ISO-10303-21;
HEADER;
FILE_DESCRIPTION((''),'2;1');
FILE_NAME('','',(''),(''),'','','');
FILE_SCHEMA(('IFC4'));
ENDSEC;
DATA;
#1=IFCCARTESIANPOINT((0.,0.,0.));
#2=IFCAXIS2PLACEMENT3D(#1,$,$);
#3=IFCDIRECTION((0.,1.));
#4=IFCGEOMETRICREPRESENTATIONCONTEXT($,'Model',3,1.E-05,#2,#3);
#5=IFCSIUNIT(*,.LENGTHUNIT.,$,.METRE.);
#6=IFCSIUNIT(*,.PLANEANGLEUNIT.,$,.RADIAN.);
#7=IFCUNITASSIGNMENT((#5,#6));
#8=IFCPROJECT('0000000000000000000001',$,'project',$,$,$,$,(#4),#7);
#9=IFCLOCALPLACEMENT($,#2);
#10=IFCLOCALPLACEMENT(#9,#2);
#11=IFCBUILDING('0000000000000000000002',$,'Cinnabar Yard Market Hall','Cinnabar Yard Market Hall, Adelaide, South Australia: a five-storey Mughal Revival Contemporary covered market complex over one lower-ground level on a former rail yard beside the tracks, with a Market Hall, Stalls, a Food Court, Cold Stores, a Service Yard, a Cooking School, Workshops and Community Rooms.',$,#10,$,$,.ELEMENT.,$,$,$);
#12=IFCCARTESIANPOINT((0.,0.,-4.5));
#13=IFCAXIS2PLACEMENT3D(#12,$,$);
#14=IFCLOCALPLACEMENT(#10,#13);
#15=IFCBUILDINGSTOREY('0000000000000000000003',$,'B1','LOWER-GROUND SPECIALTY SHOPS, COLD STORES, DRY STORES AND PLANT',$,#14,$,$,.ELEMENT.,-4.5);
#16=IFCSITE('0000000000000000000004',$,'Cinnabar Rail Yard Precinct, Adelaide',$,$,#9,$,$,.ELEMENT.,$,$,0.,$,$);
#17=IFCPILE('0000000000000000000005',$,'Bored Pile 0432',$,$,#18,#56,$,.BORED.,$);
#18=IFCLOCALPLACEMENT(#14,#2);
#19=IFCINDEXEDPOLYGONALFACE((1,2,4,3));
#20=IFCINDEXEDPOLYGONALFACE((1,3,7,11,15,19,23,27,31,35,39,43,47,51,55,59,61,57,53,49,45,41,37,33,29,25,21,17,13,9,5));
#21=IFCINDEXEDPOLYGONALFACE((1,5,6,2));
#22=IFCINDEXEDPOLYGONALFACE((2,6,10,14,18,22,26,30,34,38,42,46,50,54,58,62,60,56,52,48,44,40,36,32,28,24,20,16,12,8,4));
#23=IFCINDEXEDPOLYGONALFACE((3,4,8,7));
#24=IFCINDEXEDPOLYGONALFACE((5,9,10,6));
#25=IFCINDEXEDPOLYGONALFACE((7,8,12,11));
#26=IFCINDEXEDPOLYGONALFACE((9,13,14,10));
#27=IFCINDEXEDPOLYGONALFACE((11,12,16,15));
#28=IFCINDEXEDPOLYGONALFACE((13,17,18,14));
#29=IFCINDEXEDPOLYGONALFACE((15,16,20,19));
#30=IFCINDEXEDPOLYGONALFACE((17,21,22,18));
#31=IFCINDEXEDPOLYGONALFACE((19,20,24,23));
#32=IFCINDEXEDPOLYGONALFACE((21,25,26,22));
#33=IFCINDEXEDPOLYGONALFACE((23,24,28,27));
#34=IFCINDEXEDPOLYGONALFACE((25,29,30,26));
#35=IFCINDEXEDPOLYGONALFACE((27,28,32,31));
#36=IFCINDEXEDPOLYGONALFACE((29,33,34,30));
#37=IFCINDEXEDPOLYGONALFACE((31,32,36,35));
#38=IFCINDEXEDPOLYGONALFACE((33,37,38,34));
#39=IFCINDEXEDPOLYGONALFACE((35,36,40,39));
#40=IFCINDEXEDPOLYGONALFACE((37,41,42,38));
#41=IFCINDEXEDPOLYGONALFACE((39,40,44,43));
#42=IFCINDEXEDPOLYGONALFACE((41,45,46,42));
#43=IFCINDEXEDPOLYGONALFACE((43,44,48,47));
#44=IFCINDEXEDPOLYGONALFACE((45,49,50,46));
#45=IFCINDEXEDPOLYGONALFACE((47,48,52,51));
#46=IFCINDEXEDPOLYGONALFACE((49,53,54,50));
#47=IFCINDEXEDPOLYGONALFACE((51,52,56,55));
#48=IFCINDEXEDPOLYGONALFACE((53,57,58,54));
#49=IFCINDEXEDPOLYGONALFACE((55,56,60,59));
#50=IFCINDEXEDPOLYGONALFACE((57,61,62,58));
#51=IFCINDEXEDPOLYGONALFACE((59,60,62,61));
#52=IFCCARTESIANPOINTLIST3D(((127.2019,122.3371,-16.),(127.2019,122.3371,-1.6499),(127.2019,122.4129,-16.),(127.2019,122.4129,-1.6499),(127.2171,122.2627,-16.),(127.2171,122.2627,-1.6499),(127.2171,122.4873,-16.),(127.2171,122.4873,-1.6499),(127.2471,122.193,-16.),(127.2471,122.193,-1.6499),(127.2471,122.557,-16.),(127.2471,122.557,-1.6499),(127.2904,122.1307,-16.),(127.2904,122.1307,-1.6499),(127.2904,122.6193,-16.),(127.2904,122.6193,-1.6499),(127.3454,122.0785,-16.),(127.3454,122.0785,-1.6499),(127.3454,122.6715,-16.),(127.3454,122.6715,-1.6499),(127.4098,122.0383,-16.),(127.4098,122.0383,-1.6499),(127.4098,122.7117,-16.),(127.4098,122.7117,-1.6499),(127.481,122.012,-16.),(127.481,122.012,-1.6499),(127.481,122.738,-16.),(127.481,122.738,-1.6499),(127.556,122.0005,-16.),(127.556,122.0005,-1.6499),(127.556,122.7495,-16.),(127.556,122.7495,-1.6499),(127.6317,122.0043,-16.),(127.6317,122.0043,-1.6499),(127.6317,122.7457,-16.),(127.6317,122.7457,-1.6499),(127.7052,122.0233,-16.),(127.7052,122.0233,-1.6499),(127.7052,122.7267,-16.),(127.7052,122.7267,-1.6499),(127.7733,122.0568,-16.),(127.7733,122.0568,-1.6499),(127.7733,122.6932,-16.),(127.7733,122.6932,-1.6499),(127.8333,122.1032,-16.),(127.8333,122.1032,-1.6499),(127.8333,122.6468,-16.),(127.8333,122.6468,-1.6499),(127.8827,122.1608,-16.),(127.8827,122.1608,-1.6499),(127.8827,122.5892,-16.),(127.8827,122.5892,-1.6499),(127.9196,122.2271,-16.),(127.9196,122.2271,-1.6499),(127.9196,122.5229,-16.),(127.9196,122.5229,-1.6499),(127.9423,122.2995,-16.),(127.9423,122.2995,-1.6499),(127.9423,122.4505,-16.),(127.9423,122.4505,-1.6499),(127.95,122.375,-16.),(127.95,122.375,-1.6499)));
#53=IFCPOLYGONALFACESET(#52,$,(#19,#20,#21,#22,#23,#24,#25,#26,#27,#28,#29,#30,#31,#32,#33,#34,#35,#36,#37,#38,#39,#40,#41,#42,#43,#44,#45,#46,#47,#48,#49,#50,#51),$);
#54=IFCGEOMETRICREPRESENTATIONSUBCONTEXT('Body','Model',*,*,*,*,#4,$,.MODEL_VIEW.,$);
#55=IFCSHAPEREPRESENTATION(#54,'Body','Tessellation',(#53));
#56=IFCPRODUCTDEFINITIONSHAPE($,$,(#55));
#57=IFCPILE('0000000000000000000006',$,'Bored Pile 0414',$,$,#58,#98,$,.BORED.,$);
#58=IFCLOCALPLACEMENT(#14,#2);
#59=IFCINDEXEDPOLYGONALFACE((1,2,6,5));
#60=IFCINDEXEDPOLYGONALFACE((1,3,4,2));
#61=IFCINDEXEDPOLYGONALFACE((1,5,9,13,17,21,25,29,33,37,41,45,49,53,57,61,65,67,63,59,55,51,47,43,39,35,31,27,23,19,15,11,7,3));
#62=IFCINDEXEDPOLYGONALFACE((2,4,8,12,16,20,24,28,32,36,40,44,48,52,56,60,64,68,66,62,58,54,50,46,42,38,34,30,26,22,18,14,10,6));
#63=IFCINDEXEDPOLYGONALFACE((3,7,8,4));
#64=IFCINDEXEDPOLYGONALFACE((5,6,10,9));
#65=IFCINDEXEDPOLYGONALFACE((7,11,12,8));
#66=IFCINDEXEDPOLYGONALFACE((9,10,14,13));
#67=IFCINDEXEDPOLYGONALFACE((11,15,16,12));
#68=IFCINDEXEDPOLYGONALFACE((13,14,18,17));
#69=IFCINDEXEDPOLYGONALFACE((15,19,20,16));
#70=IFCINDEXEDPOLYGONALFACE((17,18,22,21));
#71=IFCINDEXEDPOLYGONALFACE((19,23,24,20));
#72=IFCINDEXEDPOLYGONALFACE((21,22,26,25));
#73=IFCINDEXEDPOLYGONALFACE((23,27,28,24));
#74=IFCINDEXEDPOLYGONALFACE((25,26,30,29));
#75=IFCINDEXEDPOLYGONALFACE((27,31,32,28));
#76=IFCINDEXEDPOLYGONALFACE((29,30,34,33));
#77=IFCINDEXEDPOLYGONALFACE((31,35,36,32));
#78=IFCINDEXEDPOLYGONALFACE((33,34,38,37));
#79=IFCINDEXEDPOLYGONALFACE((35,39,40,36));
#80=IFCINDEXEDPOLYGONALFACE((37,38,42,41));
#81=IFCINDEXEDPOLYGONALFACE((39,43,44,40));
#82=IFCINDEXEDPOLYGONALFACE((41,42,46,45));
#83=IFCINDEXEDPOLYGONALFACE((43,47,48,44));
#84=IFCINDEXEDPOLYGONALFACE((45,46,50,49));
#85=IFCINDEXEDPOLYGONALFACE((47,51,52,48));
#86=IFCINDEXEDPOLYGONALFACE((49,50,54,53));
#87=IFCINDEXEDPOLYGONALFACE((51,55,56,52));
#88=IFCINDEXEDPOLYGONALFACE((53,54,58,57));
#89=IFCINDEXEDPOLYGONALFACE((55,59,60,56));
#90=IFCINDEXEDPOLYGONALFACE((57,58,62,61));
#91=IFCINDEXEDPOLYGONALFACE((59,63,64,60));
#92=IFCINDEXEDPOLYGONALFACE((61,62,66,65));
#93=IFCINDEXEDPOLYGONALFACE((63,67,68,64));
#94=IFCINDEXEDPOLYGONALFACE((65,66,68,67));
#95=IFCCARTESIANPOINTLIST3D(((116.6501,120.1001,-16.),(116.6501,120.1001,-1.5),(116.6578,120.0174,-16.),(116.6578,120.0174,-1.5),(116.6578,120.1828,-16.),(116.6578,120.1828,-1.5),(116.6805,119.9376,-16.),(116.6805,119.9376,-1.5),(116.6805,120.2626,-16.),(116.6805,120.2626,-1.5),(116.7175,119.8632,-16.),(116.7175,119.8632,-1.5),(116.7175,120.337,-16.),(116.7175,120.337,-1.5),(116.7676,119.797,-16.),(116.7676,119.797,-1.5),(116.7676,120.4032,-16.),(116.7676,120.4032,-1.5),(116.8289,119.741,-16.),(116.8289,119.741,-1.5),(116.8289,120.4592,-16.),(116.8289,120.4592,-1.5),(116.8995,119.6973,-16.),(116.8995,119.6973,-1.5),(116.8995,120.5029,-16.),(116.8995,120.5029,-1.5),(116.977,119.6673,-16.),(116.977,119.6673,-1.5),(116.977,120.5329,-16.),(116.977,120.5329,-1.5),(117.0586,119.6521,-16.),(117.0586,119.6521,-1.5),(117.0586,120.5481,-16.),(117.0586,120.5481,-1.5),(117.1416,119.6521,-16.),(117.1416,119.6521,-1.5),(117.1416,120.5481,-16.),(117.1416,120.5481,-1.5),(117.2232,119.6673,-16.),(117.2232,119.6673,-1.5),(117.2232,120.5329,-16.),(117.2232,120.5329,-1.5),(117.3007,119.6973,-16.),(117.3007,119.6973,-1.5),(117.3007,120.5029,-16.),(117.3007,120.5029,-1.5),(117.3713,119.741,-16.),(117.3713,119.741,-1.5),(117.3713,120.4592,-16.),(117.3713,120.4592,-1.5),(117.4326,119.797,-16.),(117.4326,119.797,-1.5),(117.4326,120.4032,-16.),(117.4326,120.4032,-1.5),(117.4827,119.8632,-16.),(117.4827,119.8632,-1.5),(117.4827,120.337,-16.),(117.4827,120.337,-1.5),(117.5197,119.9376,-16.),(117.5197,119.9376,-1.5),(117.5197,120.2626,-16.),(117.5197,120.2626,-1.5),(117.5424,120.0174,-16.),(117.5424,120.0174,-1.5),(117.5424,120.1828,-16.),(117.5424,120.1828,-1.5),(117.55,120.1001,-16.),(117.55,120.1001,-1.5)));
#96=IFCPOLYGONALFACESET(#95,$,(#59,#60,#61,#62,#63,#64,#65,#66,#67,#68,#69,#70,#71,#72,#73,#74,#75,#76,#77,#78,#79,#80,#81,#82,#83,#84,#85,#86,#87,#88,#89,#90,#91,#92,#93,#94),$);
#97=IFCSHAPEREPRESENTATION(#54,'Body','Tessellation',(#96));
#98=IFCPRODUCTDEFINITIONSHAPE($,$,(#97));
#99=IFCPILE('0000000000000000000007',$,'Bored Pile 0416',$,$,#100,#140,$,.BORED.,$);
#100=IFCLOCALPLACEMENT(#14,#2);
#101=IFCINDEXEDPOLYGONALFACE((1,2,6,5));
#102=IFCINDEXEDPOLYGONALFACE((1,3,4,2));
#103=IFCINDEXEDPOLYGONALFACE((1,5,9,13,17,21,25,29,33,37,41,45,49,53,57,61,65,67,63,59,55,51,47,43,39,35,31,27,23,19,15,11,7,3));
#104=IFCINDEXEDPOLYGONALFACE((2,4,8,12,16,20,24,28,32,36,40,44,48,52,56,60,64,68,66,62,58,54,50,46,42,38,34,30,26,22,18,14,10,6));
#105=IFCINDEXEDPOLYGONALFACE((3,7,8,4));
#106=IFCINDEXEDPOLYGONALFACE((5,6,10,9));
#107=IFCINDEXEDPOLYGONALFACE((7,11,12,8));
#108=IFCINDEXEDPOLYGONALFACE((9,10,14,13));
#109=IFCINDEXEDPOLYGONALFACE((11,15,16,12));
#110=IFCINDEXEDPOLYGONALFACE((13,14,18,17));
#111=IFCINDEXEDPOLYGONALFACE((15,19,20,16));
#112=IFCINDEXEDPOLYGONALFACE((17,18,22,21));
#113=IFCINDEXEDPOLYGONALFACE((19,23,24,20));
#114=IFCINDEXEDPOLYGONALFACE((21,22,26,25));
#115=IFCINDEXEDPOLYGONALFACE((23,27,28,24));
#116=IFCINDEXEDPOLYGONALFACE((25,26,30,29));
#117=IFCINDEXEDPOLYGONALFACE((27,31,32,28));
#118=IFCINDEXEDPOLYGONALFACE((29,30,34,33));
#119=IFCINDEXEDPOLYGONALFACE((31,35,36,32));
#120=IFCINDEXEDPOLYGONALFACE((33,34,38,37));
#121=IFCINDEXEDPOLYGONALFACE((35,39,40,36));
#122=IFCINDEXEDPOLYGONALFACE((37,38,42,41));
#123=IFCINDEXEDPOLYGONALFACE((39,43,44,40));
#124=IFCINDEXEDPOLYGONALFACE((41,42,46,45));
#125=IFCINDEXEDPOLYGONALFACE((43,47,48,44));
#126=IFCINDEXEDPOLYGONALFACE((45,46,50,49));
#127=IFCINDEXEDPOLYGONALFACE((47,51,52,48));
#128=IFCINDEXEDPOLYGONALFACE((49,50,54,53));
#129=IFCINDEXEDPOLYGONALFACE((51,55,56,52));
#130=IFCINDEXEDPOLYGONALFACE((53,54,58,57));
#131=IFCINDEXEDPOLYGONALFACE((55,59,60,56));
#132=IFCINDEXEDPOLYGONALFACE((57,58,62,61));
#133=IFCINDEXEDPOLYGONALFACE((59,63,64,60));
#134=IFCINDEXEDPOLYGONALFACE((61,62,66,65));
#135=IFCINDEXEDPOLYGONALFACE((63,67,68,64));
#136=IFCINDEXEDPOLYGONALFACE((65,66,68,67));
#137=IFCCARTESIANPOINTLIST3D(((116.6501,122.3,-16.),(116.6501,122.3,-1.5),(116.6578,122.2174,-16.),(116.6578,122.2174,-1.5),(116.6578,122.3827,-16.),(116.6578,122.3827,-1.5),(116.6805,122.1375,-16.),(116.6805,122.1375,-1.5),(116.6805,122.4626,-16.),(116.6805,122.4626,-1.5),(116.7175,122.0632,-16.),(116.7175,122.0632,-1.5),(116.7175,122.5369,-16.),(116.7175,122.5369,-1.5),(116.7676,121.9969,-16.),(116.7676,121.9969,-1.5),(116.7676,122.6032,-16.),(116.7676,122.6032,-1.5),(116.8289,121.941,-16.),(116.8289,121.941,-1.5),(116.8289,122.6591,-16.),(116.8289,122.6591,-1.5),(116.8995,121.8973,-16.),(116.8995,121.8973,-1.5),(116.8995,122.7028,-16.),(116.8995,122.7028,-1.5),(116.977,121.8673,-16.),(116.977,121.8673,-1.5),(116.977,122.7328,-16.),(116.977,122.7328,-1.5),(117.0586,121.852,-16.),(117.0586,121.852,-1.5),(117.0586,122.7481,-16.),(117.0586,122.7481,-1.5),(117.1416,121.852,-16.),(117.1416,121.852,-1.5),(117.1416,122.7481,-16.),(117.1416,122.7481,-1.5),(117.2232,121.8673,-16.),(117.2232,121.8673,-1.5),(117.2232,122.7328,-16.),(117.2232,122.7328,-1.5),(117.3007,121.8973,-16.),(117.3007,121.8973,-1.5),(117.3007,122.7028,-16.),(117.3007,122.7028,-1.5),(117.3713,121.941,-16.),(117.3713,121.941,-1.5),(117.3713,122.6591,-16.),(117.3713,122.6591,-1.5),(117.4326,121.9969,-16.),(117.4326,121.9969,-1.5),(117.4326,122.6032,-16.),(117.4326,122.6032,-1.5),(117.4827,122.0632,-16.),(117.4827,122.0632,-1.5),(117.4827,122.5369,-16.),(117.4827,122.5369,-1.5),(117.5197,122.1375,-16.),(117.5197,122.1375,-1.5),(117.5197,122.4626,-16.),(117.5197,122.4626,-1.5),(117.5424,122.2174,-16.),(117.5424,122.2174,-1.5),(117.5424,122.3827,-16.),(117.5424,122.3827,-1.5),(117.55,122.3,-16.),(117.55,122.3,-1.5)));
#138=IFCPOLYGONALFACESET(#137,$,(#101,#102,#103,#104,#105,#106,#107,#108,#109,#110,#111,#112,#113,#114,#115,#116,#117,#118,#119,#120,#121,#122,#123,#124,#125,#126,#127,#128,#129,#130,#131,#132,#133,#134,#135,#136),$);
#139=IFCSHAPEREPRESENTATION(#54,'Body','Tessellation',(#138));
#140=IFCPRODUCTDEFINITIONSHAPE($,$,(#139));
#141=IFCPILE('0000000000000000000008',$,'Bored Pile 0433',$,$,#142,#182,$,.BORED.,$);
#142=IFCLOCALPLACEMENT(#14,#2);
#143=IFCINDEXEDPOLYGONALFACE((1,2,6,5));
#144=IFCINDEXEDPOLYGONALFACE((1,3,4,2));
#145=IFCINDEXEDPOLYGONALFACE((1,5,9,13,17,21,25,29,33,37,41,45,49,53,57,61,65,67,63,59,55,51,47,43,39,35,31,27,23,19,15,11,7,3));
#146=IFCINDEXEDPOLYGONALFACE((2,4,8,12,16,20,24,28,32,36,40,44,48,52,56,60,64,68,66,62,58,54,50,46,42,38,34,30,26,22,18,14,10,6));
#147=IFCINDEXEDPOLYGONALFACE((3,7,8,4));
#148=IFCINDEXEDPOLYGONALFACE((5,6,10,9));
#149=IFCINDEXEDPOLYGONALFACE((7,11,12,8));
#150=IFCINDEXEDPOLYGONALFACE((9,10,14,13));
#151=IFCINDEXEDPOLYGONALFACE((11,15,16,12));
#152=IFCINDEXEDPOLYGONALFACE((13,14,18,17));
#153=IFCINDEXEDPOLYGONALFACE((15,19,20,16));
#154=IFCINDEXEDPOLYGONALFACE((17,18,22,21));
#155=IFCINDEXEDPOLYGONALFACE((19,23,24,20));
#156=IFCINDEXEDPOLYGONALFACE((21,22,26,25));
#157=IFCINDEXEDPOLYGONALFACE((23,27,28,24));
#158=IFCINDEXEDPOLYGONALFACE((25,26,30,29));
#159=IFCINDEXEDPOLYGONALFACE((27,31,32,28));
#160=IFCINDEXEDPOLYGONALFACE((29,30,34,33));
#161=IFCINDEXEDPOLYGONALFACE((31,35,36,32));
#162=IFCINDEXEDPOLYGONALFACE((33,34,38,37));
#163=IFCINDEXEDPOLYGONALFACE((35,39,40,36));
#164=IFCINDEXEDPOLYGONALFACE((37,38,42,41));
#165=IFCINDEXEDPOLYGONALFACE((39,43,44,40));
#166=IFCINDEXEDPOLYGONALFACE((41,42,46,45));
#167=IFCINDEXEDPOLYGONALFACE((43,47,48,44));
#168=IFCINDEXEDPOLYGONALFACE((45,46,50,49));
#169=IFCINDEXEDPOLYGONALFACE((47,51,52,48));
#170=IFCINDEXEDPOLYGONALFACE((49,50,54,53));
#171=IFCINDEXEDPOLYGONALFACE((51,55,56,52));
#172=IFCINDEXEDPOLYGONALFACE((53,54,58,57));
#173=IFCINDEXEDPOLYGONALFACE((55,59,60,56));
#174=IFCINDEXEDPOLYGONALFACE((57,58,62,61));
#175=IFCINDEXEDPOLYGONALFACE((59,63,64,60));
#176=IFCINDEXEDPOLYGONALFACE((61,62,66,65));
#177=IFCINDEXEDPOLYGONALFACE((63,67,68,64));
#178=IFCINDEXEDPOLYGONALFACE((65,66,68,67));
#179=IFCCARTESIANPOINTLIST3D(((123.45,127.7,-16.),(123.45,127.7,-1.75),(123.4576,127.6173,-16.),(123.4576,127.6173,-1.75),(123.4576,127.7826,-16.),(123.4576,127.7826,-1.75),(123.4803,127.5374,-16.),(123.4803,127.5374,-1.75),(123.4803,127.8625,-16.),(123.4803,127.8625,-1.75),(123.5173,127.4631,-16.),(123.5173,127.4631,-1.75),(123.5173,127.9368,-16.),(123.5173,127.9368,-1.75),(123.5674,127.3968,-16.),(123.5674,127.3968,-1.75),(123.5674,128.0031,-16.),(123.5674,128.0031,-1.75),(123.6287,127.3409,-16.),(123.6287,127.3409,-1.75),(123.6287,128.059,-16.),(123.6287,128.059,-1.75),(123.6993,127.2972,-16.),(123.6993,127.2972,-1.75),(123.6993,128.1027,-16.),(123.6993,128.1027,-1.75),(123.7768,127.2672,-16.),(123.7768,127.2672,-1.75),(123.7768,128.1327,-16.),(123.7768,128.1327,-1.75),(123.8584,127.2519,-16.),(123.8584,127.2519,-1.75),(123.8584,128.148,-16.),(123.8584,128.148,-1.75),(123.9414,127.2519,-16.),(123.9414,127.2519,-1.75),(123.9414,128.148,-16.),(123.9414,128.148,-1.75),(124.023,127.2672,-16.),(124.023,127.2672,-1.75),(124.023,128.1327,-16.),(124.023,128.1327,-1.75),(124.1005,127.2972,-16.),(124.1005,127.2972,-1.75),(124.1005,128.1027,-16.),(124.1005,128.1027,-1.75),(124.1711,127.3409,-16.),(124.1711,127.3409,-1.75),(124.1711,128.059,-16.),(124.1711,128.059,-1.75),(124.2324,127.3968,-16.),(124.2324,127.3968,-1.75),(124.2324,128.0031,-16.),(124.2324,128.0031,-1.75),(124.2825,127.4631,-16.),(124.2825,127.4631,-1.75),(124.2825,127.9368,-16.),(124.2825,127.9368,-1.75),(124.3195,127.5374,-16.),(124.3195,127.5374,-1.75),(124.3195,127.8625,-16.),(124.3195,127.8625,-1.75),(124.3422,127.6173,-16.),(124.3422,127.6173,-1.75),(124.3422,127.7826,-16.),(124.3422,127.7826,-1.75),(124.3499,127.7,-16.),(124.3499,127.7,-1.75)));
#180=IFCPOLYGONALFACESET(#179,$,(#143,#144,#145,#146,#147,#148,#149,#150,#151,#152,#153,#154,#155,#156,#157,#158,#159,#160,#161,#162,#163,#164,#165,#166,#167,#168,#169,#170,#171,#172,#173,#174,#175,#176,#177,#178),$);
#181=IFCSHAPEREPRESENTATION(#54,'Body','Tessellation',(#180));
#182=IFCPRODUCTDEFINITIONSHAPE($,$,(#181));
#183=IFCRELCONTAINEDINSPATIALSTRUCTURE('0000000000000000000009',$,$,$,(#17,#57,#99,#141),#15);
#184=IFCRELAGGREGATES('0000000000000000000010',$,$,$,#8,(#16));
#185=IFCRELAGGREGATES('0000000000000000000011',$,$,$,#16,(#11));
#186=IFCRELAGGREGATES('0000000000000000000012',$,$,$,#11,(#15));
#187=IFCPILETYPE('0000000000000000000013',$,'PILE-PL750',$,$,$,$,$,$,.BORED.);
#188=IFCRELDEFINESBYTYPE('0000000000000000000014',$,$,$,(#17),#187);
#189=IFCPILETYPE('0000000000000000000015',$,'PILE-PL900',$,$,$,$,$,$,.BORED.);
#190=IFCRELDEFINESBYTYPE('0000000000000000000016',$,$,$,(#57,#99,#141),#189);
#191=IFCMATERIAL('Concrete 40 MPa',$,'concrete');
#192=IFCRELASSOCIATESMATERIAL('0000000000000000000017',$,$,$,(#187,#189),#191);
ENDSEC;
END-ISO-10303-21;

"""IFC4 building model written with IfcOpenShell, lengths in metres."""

from ifc_helpers import new_model, si_unit, direction, frame, origin, origin_2d_with_axis, place, context, subcontext, project, spatial, circle, extrude, material, material_profile, profile_set, type_object, element, save


model = new_model("IFC4")

# Units and contexts
model_context = context("Model", 3, precision=1e-05, world=origin(), true_north=direction((0.0, 1.0)))
body_context = subcontext(model_context, "Body", "Model", "MODEL_VIEW")
ifc_project = project(units=[si_unit("LENGTHUNIT", "METRE"), si_unit("PLANEANGLEUNIT", "RADIAN")], contexts=[model_context])

# Site, building, storey
site_placement = place(None, origin())
site = spatial("IfcSite", under=ifc_project, at=site_placement, Name="Cinnabar Rail Yard Precinct, Adelaide", CompositionType="ELEMENT", RefElevation=0.0)
building_placement = place(site_placement, origin())
building = spatial("IfcBuilding", under=site, at=building_placement, Name="Cinnabar Yard Market Hall", Description="Cinnabar Yard Market Hall, Adelaide, South Australia: a five-storey Mughal Revival Contemporary covered market complex over one lower-ground level on a former rail yard beside the tracks, with a Market Hall, Stalls, a Food Court, Cold Stores, a Service Yard, a Cooking School, Workshops and Community Rooms.", CompositionType="ELEMENT")
storey_placement = place(building_placement, frame((0.0, 0.0, -4.5)))
storey = spatial("IfcBuildingStorey", under=building, at=storey_placement, Name="B1", Description="LOWER-GROUND SPECIALTY SHOPS, COLD STORES, DRY STORES AND PLANT", CompositionType="ELEMENT", Elevation=-4.5)

# Shared definitions
ifc_material_1 = material(Name="Concrete 40 MPa", Category="concrete")

# Piles
ifc_material_profile_1 = material_profile(ifc_material_1, circle(Radius=0.375, at=origin_2d_with_axis()), Name="PILE-D750")
ifc_profile_set_1 = profile_set([ifc_material_profile_1], Name="Concrete 40 MPa")
pile_type_1 = type_object("IfcPileType", Name="PILE-PL750", PredefinedType="BORED", material=ifc_profile_set_1)
for number, where, z_axis, x_axis, name in (
    (1, (127.575, 122.375, -1.6499), (0.0, 0.0, -1.0), (1.0, 0.0, 0.0), "Bored Pile 0432"),
):
    element("IfcPile", number, at=place(storey_placement, frame(where, z_axis=z_axis, x_axis=x_axis)), inside=storey, type_object=pile_type_1, Name=name, PredefinedType="BORED", context=body_context, shape_type="SweptSolid", body=[
        extrude(circle(Radius=0.375, at=origin_2d_with_axis()), origin(), (0.0, 0.0, 1.0), 14.3501),
    ])
ifc_material_profile_2 = material_profile(ifc_material_1, circle(Radius=0.45, at=origin_2d_with_axis()), Name="PILE-D900")
ifc_profile_set_2 = profile_set([ifc_material_profile_2], Name="Concrete 40 MPa")
pile_type_2 = type_object("IfcPileType", Name="PILE-PL900", PredefinedType="BORED", material=ifc_profile_set_2)
for number, where, z_axis, x_axis, name in (
    (2, (117.1001, 120.1001, -1.5), (0.0, 0.0, -1.0), (1.0, 0.0, 0.0), "Bored Pile 0414"),
    (3, (117.1001, 122.3, -1.5), (0.0, 0.0, -1.0), (1.0, 0.0, 0.0), "Bored Pile 0416"),
):
    element("IfcPile", number, at=place(storey_placement, frame(where, z_axis=z_axis, x_axis=x_axis)), inside=storey, type_object=pile_type_2, Name=name, PredefinedType="BORED", context=body_context, shape_type="SweptSolid", body=[
        extrude(circle(Radius=0.45, at=origin_2d_with_axis()), origin(), (0.0, 0.0, 1.0), 14.5),
    ])
for number, where, z_axis, x_axis, name in (
    (4, (123.8999, 127.7, -1.75), (0.0, 0.0, -1.0), (1.0, 0.0, 0.0), "Bored Pile 0433"),
):
    element("IfcPile", number, at=place(storey_placement, frame(where, z_axis=z_axis, x_axis=x_axis)), inside=storey, type_object=pile_type_2, Name=name, PredefinedType="BORED", context=body_context, shape_type="SweptSolid", body=[
        extrude(circle(Radius=0.45, at=origin_2d_with_axis()), origin(), (0.0, 0.0, 1.0), 14.25),
    ])

save(model, "model.ifc")
